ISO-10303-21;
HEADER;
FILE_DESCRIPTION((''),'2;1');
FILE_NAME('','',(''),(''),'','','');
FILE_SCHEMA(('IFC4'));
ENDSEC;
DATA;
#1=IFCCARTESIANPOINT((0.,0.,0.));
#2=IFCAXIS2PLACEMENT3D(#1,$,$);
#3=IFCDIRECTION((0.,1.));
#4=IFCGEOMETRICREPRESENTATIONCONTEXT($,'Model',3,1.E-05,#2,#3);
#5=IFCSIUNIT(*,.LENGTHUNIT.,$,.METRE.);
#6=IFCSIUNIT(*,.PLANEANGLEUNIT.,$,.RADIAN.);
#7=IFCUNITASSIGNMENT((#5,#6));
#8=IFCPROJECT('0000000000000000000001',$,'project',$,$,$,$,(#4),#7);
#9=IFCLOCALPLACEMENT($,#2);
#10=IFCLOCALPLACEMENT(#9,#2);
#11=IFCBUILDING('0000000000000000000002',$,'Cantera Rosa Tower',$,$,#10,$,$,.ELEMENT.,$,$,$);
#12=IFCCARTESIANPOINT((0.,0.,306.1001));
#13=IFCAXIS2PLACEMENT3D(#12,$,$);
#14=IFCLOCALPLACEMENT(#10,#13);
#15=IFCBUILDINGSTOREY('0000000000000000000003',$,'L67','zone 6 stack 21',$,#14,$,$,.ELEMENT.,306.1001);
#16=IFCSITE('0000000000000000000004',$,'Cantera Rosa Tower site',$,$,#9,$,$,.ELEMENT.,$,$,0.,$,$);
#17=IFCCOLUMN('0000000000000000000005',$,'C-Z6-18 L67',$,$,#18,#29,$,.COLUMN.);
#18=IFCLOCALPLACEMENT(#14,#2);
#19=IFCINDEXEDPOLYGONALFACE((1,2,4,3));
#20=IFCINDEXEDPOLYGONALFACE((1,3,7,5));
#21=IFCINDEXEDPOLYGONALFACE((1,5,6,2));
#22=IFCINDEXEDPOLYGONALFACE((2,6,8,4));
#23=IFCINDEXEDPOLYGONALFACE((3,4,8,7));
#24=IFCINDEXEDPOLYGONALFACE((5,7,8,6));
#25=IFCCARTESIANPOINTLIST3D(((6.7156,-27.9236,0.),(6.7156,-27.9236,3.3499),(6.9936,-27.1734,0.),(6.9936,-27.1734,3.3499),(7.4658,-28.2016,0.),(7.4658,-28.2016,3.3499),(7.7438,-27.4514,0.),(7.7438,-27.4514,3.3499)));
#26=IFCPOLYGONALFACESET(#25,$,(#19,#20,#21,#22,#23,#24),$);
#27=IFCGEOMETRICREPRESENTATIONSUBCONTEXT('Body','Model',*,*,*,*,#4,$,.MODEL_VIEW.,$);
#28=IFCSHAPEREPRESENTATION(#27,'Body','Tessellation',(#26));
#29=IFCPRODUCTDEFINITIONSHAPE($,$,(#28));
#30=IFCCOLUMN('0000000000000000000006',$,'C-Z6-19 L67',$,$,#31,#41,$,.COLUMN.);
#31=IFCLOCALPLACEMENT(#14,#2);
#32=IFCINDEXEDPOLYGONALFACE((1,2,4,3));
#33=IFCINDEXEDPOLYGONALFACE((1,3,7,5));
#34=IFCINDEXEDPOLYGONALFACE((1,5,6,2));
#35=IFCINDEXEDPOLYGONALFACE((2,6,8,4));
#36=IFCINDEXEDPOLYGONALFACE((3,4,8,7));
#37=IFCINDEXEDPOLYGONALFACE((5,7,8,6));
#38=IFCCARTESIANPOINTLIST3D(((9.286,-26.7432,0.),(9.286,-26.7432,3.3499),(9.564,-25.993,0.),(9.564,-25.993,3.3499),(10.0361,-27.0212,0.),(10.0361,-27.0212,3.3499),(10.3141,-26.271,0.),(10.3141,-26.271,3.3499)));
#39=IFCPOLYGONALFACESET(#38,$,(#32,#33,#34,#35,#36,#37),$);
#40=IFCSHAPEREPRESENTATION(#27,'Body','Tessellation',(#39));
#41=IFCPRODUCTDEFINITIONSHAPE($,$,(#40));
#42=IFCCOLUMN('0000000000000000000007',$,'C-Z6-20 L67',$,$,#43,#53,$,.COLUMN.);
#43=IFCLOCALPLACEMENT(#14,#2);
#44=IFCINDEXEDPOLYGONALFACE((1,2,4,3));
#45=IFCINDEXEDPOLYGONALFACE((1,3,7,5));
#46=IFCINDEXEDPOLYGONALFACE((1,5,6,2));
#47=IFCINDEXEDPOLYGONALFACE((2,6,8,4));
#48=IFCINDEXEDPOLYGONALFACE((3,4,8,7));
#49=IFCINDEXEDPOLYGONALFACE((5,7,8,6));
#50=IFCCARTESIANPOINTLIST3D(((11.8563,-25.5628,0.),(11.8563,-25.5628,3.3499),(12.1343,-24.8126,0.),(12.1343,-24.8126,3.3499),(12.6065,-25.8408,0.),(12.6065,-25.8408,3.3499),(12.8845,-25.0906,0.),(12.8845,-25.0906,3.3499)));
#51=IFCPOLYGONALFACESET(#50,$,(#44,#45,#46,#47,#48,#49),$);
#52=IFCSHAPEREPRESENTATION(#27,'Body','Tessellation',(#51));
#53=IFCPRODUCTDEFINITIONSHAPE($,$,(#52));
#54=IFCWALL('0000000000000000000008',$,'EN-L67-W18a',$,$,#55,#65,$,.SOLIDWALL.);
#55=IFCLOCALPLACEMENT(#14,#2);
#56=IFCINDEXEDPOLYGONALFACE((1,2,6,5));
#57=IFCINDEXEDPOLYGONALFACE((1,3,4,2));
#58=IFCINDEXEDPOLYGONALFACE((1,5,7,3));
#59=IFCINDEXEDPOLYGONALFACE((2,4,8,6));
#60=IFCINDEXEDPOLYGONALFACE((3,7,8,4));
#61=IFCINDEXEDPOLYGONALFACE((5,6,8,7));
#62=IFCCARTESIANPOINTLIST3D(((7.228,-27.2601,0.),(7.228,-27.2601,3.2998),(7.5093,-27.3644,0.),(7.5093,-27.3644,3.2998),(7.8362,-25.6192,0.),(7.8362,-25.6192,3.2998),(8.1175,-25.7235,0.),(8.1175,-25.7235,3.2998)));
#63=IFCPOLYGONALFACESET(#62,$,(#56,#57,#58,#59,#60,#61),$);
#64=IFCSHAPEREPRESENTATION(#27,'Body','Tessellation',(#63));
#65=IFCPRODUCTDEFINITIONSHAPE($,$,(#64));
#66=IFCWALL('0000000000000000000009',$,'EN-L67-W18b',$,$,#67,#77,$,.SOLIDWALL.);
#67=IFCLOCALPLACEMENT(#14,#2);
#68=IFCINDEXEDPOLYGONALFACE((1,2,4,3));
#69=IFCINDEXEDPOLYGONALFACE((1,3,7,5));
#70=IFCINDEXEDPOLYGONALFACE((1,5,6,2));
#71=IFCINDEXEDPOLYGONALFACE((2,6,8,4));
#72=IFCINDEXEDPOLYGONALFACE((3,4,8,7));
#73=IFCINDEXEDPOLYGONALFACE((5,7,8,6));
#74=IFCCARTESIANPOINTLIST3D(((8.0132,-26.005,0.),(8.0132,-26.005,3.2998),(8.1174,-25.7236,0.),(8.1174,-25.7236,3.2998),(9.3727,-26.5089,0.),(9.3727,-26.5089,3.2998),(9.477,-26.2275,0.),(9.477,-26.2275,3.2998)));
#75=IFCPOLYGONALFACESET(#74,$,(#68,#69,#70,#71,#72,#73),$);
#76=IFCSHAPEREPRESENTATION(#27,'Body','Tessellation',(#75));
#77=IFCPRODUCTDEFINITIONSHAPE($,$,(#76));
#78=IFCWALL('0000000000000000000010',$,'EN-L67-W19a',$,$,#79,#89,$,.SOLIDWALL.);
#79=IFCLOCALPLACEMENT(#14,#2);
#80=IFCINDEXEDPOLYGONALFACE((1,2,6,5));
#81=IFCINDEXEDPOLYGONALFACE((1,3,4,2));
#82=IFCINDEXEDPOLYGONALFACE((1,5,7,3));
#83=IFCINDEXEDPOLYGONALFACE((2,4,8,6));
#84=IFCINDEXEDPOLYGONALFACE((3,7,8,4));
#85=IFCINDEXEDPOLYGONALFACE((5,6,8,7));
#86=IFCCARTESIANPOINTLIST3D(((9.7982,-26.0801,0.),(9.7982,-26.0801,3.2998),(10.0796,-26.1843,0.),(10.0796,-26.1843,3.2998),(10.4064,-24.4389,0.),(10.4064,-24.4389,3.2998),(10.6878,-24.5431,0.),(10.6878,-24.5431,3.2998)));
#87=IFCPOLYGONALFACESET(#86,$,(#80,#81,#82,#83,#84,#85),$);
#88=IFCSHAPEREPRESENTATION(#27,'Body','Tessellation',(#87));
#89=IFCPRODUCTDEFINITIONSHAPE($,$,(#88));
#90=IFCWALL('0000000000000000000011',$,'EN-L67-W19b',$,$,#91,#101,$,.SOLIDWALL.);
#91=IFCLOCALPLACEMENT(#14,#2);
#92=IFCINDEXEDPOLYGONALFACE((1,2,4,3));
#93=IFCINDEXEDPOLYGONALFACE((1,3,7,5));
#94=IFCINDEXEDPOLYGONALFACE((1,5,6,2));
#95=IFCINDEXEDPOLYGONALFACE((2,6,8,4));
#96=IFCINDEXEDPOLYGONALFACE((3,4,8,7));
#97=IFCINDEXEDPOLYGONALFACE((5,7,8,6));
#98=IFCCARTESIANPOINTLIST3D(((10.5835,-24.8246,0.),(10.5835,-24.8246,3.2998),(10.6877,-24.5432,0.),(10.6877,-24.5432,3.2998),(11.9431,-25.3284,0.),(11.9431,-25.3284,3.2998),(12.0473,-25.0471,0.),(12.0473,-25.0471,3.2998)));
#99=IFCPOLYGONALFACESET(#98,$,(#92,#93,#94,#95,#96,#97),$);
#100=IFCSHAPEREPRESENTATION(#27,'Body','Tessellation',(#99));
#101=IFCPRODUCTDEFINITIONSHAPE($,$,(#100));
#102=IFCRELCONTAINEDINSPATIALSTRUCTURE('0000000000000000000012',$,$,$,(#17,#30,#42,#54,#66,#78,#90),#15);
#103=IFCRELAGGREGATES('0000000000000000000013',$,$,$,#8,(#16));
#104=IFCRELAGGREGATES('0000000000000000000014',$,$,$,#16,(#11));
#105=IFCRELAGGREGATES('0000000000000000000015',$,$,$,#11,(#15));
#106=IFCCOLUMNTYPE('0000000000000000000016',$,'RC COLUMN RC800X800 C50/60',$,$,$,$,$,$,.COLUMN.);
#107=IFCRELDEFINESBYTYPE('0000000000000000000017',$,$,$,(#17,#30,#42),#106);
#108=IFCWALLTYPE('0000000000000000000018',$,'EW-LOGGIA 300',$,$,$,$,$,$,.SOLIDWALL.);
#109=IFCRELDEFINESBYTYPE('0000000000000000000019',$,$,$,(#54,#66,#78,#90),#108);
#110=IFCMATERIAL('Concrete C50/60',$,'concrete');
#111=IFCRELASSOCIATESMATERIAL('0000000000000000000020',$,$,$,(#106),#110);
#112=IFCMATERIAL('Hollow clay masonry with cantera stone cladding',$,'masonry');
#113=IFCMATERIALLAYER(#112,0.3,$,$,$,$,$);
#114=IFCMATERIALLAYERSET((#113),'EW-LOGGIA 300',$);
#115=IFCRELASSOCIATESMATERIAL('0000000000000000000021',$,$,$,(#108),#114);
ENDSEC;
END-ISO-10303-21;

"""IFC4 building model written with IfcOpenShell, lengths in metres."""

from ifc_helpers import new_model, si_unit, direction, frame, frame_2d, origin, origin_2d, place, context, subcontext, project, spatial, rectangle, extrude, material, layer, layer_set, material_profile, profile_set, type_object, element, save


model = new_model("IFC4")

# Units and contexts
model_context = context("Model", 3, precision=1e-05, world=origin(), true_north=direction((0.0, 1.0)))
body_context = subcontext(model_context, "Body", "Model", "MODEL_VIEW")
ifc_project = project(units=[si_unit("LENGTHUNIT", "METRE"), si_unit("PLANEANGLEUNIT", "RADIAN")], contexts=[model_context])

# Site, building, storey
site_placement = place(None, origin())
site = spatial("IfcSite", under=ifc_project, at=site_placement, Name="Cantera Rosa Tower site", CompositionType="ELEMENT", RefElevation=0.0)
building_placement = place(site_placement, origin())
building = spatial("IfcBuilding", under=site, at=building_placement, Name="Cantera Rosa Tower", CompositionType="ELEMENT")
storey_placement = place(building_placement, frame((0.0, 0.0, 306.1001)))
storey = spatial("IfcBuildingStorey", under=building, at=storey_placement, Name="L67", Description="zone 6 stack 21", CompositionType="ELEMENT", Elevation=306.1001)

# Columns
ifc_material_1 = material(Name="Concrete C50/60", Category="concrete")
ifc_material_profile = material_profile(ifc_material_1, rectangle(XDim=0.8, YDim=0.8, at=origin_2d()), Name="RC COLUMN RC800X800 C50/60")
ifc_profile_set = profile_set([ifc_material_profile], Name="Concrete C50/60")
column_type = type_object("IfcColumnType", Name="RC COLUMN RC800X800 C50/60", PredefinedType="COLUMN", material=ifc_profile_set)
for number, where, z_axis, x_axis, name in (
    (1, (7.2297, -27.6875, 0.0), (0.0, 0.0, 1.0), (0.347481, 0.937687, 0.0), "C-Z6-18 L67"),
    (2, (9.8, -26.5071, 0.0), (0.0, 0.0, 1.0), (0.347481, 0.937687, 0.0), "C-Z6-19 L67"),
    (3, (12.3704, -25.3267, 0.0), (0.0, 0.0, 1.0), (0.347481, 0.937687, 0.0), "C-Z6-20 L67"),
):
    element("IfcColumn", number, at=place(storey_placement, frame(where, z_axis=z_axis, x_axis=x_axis)), inside=storey, type_object=column_type, Name=name, PredefinedType="COLUMN", context=body_context, shape_type="SweptSolid", body=[
        extrude(rectangle(XDim=0.8, YDim=0.8, at=origin_2d()), origin(), (0.0, 0.0, 1.0), 3.3499),
    ])

# Walls
ifc_material_2 = material(Name="Hollow clay masonry with cantera stone cladding", Category="masonry")
ifc_layer_1 = layer(ifc_material_2, 0.3)
ifc_layer_set_1 = layer_set([ifc_layer_1], Name="EW-LOGGIA 300")
wall_type_1 = type_object("IfcWallType", Name="EW-LOGGIA 300", PredefinedType="SOLIDWALL", material=ifc_layer_set_1)
wall_1_placement = place(storey_placement, frame((7.3687, -27.3123, 0.0), z_axis=(0.0, 0.0, 1.0), x_axis=(0.347528, 0.93767, 0.0)))
element("IfcWall", 4, at=wall_1_placement, inside=storey, type_object=wall_type_1, Name="EN-L67-W18a", PredefinedType="SOLIDWALL", context=body_context, shape_type="SweptSolid", body=[
    extrude(rectangle(XDim=1.75, YDim=0.3, at=frame_2d((0.875, 0.0))), origin(), (0.0, 0.0, 1.0), 3.2998),
])
wall_2_placement = place(storey_placement, frame((8.0652, -25.8643, 0.0), z_axis=(0.0, 0.0, 1.0), x_axis=(0.937672, -0.347523, 0.0)))
element("IfcWall", 5, at=wall_2_placement, inside=storey, type_object=wall_type_1, Name="EN-L67-W18b", PredefinedType="SOLIDWALL", context=body_context, shape_type="SweptSolid", body=[
    extrude(rectangle(XDim=1.45, YDim=0.3, at=frame_2d((0.7251, 0.0))), origin(), (0.0, 0.0, 1.0), 3.2998),
])
wall_3_placement = place(storey_placement, frame((9.939, -26.1321, 0.0), z_axis=(0.0, 0.0, 1.0), x_axis=(0.347482, 0.937686, 0.0)))
element("IfcWall", 6, at=wall_3_placement, inside=storey, type_object=wall_type_1, Name="EN-L67-W19a", PredefinedType="SOLIDWALL", context=body_context, shape_type="SweptSolid", body=[
    extrude(rectangle(XDim=1.7502, YDim=0.3, at=frame_2d((0.875, 0.0))), origin(), (0.0, 0.0, 1.0), 3.2998),
])
wall_4_placement = place(storey_placement, frame((10.6355, -24.6838, 0.0), z_axis=(0.0, 0.0, 1.0), x_axis=(0.937672, -0.347523, 0.0)))
element("IfcWall", 7, at=wall_4_placement, inside=storey, type_object=wall_type_1, Name="EN-L67-W19b", PredefinedType="SOLIDWALL", context=body_context, shape_type="SweptSolid", body=[
    extrude(rectangle(XDim=1.45, YDim=0.3, at=frame_2d((0.7251, 0.0))), origin(), (0.0, 0.0, 1.0), 3.2998),
])

save(model, "model.ifc")
